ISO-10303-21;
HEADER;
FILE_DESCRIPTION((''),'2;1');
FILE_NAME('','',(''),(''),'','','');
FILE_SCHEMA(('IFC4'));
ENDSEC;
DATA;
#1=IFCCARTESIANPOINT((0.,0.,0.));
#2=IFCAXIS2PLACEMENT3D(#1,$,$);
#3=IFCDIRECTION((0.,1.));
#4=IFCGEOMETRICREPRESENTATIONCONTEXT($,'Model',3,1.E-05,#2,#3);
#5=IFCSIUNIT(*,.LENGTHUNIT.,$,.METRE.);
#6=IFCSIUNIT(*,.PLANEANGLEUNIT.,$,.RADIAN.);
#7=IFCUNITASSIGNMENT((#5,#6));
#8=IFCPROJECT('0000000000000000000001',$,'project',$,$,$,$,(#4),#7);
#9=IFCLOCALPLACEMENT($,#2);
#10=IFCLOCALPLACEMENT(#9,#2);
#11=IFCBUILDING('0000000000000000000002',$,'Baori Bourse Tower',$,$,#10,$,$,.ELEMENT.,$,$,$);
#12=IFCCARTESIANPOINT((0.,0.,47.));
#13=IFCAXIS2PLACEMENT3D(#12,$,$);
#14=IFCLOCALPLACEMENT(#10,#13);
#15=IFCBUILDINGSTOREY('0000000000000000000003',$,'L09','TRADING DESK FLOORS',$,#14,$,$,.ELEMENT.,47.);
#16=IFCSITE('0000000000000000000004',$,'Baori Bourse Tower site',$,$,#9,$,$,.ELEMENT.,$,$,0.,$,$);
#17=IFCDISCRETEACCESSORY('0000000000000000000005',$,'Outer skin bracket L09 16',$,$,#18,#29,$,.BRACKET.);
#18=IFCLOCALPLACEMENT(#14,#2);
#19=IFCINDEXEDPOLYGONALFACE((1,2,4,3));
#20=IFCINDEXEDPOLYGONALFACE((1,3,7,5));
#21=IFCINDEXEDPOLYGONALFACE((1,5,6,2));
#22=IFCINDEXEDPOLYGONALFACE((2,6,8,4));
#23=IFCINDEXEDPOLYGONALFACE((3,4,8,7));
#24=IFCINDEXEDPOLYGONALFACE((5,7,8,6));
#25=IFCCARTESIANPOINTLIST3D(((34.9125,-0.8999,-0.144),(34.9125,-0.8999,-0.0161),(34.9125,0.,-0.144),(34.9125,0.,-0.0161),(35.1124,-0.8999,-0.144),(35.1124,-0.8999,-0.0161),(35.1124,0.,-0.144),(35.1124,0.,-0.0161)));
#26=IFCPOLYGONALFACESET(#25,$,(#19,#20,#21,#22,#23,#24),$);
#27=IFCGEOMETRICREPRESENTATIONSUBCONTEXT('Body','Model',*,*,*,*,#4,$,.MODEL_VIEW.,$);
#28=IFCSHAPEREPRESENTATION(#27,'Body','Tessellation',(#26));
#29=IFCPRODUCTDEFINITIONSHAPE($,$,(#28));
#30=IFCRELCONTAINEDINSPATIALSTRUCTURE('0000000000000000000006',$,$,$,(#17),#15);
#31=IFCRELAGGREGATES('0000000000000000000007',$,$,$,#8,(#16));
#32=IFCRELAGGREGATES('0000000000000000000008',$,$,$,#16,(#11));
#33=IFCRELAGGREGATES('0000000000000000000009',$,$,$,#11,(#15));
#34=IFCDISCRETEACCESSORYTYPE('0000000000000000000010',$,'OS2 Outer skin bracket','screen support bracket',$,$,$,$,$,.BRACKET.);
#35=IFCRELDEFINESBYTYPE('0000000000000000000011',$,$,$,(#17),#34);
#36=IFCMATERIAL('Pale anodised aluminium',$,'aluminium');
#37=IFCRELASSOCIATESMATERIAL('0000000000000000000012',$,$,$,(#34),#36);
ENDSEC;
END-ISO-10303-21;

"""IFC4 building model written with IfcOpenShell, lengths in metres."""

from ifc_helpers import new_model, si_unit, direction, frame, origin, origin_2d, place, context, subcontext, project, spatial, rectangle, extrude, material, type_object, element, save


model = new_model("IFC4")

# Units and contexts
model_context = context("Model", 3, precision=1e-05, world=origin(), true_north=direction((0.0, 1.0)))
body_context = subcontext(model_context, "Body", "Model", "MODEL_VIEW")
ifc_project = project(units=[si_unit("LENGTHUNIT", "METRE"), si_unit("PLANEANGLEUNIT", "RADIAN")], contexts=[model_context])

# Site, building, storey
site_placement = place(None, origin())
site = spatial("IfcSite", under=ifc_project, at=site_placement, Name="Baori Bourse Tower site", CompositionType="ELEMENT", RefElevation=0.0)
building_placement = place(site_placement, origin())
building = spatial("IfcBuilding", under=site, at=building_placement, Name="Baori Bourse Tower", CompositionType="ELEMENT")
storey_placement = place(building_placement, frame((0.0, 0.0, 47.0)))
storey = spatial("IfcBuildingStorey", under=building, at=storey_placement, Name="L09", Description="TRADING DESK FLOORS", CompositionType="ELEMENT", Elevation=47.0)

# Discrete accessory
ifc_material_1 = material(Name="Pale anodised aluminium", Category="aluminium")
discrete_accessory_type = type_object("IfcDiscreteAccessoryType", Name="OS2 Outer skin bracket", Description="screen support bracket", PredefinedType="BRACKET", material=ifc_material_1)
for number, where, z_axis, x_axis, name in (
    (1, (35.0125, -0.45, -0.144), (0.0, 0.0, 1.0), (1.0, 0.0, 0.0), "Outer skin bracket L09 16"),
):
    element("IfcDiscreteAccessory", number, at=place(storey_placement, frame(where, z_axis=z_axis, x_axis=x_axis)), inside=storey, type_object=discrete_accessory_type, Name=name, PredefinedType="BRACKET", context=body_context, shape_type="SweptSolid", body=[
        extrude(rectangle(XDim=0.2, YDim=0.8999, at=origin_2d()), origin(), (0.0, 0.0, 1.0), 0.1279),
    ])

save(model, "model.ifc")
